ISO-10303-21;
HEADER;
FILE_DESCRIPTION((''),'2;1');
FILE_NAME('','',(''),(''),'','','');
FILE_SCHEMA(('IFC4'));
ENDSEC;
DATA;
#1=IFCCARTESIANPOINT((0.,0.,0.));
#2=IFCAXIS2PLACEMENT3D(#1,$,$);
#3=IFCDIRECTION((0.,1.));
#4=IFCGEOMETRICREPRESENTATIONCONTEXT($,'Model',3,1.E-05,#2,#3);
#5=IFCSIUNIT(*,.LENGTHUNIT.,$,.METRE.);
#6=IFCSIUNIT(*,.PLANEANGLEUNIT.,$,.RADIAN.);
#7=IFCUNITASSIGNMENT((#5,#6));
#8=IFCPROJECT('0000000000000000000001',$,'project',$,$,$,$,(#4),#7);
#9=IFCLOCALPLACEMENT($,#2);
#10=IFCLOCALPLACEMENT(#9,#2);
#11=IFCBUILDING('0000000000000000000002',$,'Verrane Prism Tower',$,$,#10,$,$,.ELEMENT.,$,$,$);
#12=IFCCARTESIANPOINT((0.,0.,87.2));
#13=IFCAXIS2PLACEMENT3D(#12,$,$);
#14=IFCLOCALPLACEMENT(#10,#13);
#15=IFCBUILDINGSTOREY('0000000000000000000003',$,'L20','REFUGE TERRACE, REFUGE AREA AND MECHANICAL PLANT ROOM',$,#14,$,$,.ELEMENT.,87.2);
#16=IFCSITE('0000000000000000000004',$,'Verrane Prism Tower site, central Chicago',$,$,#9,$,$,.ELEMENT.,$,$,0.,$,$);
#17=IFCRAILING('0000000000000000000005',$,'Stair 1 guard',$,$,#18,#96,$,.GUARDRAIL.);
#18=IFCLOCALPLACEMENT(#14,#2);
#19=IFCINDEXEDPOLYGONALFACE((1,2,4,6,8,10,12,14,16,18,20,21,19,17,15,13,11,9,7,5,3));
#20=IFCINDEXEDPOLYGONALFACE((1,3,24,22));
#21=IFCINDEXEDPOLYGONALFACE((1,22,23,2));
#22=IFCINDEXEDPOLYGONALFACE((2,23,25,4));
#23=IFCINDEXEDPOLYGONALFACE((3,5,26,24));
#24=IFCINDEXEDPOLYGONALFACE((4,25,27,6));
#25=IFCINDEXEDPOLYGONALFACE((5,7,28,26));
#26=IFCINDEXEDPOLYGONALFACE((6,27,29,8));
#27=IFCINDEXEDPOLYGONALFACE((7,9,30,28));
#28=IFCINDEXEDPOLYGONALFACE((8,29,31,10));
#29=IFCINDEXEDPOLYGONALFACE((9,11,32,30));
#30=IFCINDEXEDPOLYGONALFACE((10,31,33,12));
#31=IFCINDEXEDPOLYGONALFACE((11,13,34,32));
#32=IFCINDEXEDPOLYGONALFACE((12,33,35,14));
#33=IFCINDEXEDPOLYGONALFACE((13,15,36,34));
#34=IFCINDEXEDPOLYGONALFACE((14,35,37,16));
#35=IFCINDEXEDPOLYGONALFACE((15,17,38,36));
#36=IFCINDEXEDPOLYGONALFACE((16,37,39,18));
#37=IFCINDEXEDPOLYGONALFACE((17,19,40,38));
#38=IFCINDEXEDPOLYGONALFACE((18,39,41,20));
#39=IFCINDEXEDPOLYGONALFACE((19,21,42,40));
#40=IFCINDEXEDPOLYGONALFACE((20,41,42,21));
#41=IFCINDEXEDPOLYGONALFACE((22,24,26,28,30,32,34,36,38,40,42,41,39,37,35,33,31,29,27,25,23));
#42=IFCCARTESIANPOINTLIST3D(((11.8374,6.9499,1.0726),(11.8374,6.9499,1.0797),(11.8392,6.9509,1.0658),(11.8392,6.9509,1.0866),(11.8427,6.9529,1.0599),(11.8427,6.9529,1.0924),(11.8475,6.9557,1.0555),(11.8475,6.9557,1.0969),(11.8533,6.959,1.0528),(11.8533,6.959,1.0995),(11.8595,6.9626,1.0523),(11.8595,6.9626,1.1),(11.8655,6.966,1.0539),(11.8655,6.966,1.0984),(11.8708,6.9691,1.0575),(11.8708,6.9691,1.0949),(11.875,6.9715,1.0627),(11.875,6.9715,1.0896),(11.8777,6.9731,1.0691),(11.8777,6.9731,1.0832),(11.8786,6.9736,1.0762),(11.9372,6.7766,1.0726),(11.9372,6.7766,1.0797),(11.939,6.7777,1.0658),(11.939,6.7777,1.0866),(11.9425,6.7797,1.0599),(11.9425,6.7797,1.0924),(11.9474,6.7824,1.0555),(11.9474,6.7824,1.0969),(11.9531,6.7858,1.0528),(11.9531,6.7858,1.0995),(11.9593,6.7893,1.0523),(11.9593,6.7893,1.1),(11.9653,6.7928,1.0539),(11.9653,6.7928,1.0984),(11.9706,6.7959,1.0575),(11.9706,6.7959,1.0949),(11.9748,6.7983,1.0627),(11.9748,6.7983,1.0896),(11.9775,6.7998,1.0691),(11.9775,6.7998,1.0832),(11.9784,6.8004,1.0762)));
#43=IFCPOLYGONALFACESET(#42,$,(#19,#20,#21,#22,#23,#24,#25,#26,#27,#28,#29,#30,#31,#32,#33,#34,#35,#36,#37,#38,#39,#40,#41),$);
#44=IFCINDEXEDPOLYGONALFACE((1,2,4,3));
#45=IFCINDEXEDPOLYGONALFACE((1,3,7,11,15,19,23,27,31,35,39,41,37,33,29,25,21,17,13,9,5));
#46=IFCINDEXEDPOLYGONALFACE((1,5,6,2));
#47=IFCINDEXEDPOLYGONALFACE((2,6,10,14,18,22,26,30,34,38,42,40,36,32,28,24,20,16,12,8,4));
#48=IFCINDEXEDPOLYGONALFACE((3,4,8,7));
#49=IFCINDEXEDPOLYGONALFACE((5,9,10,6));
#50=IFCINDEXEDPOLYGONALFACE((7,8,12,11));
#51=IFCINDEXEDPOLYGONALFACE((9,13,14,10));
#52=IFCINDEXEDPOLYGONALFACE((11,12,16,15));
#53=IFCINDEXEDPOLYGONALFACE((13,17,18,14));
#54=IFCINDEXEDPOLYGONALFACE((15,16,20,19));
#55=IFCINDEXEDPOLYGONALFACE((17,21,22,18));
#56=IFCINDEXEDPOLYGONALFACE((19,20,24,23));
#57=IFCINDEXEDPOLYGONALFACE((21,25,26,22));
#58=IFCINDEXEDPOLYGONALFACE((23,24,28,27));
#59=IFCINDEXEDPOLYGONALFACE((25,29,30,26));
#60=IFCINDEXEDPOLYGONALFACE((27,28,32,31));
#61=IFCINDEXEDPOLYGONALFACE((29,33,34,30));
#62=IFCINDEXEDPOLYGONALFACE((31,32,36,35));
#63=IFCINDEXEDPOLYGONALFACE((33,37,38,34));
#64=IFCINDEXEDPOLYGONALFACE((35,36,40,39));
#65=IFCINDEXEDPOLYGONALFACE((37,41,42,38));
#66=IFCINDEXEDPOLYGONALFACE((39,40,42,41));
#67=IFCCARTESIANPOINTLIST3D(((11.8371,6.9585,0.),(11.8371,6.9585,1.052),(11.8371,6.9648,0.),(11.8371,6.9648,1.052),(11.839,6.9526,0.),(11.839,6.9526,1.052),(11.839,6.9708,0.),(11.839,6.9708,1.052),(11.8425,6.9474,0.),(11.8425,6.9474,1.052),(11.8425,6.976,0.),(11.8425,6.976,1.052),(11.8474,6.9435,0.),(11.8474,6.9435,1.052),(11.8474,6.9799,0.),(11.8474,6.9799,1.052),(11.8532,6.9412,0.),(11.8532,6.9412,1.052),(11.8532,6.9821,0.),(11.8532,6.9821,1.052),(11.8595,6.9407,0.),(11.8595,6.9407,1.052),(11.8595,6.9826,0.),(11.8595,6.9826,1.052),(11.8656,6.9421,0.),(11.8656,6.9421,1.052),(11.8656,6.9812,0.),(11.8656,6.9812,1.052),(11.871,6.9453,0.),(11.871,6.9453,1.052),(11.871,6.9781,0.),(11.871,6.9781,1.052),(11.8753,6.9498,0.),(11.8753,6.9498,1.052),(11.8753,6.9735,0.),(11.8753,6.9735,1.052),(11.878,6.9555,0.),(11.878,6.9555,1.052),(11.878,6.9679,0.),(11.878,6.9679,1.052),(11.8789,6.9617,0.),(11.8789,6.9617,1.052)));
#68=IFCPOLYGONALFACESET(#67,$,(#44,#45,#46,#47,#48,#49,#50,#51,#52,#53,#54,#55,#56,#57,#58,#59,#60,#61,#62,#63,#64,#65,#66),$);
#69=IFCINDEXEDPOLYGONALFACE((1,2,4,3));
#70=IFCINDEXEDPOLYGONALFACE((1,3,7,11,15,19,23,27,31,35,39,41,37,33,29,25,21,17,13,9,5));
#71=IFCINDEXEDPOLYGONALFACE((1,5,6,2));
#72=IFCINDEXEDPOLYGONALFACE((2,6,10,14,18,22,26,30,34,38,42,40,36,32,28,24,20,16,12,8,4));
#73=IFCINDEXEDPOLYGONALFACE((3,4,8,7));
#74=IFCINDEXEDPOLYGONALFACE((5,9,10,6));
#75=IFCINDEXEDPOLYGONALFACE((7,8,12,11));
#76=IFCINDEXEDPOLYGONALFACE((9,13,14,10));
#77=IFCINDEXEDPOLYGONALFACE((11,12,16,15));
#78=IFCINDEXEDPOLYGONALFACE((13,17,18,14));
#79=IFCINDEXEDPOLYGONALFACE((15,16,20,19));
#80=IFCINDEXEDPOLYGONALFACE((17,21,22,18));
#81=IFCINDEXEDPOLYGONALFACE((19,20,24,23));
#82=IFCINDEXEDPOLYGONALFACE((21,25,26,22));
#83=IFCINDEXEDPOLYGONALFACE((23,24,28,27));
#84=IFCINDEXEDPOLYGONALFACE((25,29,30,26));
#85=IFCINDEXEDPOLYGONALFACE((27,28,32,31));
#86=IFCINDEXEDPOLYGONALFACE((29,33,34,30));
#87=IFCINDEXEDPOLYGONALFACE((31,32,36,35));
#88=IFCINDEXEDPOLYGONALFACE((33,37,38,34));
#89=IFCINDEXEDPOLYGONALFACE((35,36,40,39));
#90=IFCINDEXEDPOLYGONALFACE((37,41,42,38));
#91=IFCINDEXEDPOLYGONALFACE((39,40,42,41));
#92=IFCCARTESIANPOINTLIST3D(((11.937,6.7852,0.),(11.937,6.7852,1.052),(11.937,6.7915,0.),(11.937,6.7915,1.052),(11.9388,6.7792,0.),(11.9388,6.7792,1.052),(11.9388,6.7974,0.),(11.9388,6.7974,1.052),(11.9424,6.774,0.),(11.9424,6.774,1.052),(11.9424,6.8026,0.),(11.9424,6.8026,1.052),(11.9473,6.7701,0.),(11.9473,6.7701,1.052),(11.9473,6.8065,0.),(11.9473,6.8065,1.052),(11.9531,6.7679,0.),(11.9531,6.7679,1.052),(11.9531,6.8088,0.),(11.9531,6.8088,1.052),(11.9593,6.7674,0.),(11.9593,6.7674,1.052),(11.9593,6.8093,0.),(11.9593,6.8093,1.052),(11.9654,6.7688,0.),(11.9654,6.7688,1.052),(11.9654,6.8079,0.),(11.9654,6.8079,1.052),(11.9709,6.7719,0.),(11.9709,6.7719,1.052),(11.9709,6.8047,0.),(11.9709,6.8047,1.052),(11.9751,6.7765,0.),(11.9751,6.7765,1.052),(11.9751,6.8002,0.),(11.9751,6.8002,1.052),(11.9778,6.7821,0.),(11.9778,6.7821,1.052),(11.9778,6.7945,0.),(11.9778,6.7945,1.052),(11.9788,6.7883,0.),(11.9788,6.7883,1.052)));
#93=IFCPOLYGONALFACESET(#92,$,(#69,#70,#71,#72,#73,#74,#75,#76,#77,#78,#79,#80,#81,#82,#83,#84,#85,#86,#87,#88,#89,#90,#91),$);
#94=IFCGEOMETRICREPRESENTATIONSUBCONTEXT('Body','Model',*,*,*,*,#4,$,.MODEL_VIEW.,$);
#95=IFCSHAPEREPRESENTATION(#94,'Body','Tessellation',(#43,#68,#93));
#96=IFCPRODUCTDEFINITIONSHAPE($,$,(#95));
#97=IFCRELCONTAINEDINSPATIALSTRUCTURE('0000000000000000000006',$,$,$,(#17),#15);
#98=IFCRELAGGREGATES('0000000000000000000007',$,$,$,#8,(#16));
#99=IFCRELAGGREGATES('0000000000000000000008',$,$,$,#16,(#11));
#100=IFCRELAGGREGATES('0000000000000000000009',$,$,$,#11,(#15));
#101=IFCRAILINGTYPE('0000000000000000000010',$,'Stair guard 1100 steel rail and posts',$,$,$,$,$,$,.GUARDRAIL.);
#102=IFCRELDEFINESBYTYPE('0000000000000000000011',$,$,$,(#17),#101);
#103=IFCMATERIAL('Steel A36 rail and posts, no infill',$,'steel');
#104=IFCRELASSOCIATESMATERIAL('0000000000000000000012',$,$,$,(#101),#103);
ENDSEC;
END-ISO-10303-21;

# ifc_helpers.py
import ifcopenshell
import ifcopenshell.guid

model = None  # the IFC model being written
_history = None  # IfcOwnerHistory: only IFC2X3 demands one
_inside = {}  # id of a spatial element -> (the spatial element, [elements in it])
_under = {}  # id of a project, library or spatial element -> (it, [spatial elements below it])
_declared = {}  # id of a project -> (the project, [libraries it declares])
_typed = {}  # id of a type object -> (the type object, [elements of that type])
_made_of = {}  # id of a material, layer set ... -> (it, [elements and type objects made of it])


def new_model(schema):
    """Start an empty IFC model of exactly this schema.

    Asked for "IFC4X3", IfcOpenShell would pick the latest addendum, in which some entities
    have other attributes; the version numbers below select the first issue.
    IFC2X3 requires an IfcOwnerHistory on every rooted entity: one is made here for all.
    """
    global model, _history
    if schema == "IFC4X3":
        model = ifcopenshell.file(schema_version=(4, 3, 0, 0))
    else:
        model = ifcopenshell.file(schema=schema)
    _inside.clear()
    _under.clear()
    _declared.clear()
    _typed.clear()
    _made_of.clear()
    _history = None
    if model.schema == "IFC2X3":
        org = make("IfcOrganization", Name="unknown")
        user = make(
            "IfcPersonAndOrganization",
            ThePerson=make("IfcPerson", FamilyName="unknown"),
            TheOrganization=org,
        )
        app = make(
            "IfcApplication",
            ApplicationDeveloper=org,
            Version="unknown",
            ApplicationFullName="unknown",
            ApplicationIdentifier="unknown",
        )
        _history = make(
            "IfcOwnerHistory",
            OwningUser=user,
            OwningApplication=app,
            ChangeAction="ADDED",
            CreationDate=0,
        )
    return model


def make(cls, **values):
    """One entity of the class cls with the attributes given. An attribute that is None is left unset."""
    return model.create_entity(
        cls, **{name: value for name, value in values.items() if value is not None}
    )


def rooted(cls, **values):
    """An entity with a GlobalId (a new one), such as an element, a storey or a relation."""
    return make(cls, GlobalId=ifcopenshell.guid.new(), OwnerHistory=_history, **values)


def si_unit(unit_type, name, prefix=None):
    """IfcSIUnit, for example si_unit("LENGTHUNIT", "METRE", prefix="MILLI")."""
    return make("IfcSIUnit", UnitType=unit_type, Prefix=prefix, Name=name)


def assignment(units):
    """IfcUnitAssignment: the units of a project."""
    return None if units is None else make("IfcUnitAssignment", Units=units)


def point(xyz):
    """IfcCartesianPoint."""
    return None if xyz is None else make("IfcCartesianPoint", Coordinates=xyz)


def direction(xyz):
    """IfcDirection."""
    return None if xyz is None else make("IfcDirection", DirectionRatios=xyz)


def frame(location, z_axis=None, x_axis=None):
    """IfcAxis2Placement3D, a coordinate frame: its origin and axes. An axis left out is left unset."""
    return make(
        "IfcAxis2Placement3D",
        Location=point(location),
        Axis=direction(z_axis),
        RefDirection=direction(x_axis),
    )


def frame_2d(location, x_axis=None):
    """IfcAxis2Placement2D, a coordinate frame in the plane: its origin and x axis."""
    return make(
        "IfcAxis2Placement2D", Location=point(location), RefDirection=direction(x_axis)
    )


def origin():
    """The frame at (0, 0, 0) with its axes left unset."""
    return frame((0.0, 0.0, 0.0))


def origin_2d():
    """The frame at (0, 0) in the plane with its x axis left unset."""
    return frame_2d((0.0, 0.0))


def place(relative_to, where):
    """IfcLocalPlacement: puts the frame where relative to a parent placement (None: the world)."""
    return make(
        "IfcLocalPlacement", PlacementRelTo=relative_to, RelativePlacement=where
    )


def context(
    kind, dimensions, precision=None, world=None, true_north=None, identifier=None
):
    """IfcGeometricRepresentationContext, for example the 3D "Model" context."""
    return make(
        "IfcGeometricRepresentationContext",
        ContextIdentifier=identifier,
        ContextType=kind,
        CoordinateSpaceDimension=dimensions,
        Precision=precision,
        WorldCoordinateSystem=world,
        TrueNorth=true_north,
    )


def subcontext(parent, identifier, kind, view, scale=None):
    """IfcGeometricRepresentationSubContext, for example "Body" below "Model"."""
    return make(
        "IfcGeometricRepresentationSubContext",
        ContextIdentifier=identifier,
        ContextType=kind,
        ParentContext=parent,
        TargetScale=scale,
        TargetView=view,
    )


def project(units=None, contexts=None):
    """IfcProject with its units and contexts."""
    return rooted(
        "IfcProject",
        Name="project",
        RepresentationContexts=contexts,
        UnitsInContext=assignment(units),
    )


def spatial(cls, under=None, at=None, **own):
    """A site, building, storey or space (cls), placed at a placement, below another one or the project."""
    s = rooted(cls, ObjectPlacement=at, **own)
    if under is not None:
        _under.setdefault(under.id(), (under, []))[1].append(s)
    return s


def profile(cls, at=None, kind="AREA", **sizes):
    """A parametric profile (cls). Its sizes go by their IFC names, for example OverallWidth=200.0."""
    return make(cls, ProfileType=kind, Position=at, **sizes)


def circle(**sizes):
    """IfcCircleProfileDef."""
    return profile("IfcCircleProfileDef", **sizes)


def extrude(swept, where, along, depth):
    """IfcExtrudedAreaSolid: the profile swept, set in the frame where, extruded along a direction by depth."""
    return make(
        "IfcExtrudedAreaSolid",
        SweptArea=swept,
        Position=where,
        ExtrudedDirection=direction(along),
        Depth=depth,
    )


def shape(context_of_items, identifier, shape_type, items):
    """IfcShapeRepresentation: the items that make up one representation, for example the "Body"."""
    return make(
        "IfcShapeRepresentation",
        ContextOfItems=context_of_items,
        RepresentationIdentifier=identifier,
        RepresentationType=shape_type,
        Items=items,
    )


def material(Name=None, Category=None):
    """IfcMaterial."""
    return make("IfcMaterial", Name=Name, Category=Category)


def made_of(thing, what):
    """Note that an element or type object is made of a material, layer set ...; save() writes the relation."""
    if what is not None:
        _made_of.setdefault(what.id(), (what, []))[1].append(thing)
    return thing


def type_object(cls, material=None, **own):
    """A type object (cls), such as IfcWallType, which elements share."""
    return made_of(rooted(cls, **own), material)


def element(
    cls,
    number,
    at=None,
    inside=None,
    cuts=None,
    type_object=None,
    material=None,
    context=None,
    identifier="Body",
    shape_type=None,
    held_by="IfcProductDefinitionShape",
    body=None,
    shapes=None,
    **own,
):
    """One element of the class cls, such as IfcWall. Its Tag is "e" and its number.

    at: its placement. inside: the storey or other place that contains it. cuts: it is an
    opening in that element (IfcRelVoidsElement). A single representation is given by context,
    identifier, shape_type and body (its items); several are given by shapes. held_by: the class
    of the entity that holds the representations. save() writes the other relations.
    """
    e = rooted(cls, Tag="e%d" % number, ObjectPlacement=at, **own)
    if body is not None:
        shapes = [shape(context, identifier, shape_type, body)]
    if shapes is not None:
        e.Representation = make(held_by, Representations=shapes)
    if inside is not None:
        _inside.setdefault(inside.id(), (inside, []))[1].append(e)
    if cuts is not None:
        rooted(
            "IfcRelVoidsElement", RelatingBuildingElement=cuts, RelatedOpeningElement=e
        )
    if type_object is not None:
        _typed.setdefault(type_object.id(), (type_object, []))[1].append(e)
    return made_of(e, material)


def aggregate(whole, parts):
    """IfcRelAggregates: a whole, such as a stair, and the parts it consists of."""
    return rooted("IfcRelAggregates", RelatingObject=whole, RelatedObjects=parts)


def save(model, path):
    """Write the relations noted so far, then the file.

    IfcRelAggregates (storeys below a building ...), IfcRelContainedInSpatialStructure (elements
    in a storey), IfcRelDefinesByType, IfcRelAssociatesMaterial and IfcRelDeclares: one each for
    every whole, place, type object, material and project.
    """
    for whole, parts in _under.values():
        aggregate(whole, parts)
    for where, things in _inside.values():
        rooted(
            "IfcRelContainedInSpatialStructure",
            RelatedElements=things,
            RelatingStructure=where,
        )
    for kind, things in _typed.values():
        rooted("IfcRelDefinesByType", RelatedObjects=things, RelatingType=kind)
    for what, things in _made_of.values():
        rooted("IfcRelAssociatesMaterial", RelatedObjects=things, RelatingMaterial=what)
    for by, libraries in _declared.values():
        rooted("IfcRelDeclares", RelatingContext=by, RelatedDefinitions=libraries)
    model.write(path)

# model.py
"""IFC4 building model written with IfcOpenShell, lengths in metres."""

from ifc_helpers import new_model, si_unit, direction, frame, origin, origin_2d, place, context, subcontext, project, spatial, circle, extrude, material, type_object, element, save


model = new_model("IFC4")

# Units and contexts
model_context = context("Model", 3, precision=1e-05, world=origin(), true_north=direction((0.0, 1.0)))
body_context = subcontext(model_context, "Body", "Model", "MODEL_VIEW")
ifc_project = project(units=[si_unit("LENGTHUNIT", "METRE"), si_unit("PLANEANGLEUNIT", "RADIAN")], contexts=[model_context])

# Site, building, storey
site_placement = place(None, origin())
site = spatial("IfcSite", under=ifc_project, at=site_placement, Name="Verrane Prism Tower site, central Chicago", CompositionType="ELEMENT", RefElevation=0.0)
building_placement = place(site_placement, origin())
building = spatial("IfcBuilding", under=site, at=building_placement, Name="Verrane Prism Tower", CompositionType="ELEMENT")
storey_placement = place(building_placement, frame((0.0, 0.0, 87.2)))
storey = spatial("IfcBuildingStorey", under=building, at=storey_placement, Name="L20", Description="REFUGE TERRACE, REFUGE AREA AND MECHANICAL PLANT ROOM", CompositionType="ELEMENT", Elevation=87.2)

# Railing
ifc_material_1 = material(Name="Steel A36 rail and posts, no infill", Category="steel")
railing_type_1 = type_object("IfcRailingType", Name="Stair guard 1100 steel rail and posts", PredefinedType="GUARDRAIL", material=ifc_material_1)
railing_1_placement = place(storey_placement, frame((11.8579, 6.9617, 0.0)))
element("IfcRailing", 1, at=railing_1_placement, inside=storey, type_object=railing_type_1, Name="Stair 1 guard", PredefinedType="GUARDRAIL", context=body_context, shape_type="SweptSolid", body=[
    extrude(circle(Radius=0.0239, at=origin_2d()), frame((0.0, 0.0, 1.0762), z_axis=(0.499159, -0.86651, 0.0), x_axis=(0.86651, 0.499159, 0.0)), (0.0, 0.0, 1.0), 0.2),
    extrude(circle(Radius=0.021, at=origin_2d()), origin(), (0.0, 0.0, 1.0), 1.052),
    extrude(circle(Radius=0.021, at=origin_2d()), frame((0.0999, -0.1733, 0.0)), (0.0, 0.0, 1.0), 1.052),
])

save(model, "model.ifc")
